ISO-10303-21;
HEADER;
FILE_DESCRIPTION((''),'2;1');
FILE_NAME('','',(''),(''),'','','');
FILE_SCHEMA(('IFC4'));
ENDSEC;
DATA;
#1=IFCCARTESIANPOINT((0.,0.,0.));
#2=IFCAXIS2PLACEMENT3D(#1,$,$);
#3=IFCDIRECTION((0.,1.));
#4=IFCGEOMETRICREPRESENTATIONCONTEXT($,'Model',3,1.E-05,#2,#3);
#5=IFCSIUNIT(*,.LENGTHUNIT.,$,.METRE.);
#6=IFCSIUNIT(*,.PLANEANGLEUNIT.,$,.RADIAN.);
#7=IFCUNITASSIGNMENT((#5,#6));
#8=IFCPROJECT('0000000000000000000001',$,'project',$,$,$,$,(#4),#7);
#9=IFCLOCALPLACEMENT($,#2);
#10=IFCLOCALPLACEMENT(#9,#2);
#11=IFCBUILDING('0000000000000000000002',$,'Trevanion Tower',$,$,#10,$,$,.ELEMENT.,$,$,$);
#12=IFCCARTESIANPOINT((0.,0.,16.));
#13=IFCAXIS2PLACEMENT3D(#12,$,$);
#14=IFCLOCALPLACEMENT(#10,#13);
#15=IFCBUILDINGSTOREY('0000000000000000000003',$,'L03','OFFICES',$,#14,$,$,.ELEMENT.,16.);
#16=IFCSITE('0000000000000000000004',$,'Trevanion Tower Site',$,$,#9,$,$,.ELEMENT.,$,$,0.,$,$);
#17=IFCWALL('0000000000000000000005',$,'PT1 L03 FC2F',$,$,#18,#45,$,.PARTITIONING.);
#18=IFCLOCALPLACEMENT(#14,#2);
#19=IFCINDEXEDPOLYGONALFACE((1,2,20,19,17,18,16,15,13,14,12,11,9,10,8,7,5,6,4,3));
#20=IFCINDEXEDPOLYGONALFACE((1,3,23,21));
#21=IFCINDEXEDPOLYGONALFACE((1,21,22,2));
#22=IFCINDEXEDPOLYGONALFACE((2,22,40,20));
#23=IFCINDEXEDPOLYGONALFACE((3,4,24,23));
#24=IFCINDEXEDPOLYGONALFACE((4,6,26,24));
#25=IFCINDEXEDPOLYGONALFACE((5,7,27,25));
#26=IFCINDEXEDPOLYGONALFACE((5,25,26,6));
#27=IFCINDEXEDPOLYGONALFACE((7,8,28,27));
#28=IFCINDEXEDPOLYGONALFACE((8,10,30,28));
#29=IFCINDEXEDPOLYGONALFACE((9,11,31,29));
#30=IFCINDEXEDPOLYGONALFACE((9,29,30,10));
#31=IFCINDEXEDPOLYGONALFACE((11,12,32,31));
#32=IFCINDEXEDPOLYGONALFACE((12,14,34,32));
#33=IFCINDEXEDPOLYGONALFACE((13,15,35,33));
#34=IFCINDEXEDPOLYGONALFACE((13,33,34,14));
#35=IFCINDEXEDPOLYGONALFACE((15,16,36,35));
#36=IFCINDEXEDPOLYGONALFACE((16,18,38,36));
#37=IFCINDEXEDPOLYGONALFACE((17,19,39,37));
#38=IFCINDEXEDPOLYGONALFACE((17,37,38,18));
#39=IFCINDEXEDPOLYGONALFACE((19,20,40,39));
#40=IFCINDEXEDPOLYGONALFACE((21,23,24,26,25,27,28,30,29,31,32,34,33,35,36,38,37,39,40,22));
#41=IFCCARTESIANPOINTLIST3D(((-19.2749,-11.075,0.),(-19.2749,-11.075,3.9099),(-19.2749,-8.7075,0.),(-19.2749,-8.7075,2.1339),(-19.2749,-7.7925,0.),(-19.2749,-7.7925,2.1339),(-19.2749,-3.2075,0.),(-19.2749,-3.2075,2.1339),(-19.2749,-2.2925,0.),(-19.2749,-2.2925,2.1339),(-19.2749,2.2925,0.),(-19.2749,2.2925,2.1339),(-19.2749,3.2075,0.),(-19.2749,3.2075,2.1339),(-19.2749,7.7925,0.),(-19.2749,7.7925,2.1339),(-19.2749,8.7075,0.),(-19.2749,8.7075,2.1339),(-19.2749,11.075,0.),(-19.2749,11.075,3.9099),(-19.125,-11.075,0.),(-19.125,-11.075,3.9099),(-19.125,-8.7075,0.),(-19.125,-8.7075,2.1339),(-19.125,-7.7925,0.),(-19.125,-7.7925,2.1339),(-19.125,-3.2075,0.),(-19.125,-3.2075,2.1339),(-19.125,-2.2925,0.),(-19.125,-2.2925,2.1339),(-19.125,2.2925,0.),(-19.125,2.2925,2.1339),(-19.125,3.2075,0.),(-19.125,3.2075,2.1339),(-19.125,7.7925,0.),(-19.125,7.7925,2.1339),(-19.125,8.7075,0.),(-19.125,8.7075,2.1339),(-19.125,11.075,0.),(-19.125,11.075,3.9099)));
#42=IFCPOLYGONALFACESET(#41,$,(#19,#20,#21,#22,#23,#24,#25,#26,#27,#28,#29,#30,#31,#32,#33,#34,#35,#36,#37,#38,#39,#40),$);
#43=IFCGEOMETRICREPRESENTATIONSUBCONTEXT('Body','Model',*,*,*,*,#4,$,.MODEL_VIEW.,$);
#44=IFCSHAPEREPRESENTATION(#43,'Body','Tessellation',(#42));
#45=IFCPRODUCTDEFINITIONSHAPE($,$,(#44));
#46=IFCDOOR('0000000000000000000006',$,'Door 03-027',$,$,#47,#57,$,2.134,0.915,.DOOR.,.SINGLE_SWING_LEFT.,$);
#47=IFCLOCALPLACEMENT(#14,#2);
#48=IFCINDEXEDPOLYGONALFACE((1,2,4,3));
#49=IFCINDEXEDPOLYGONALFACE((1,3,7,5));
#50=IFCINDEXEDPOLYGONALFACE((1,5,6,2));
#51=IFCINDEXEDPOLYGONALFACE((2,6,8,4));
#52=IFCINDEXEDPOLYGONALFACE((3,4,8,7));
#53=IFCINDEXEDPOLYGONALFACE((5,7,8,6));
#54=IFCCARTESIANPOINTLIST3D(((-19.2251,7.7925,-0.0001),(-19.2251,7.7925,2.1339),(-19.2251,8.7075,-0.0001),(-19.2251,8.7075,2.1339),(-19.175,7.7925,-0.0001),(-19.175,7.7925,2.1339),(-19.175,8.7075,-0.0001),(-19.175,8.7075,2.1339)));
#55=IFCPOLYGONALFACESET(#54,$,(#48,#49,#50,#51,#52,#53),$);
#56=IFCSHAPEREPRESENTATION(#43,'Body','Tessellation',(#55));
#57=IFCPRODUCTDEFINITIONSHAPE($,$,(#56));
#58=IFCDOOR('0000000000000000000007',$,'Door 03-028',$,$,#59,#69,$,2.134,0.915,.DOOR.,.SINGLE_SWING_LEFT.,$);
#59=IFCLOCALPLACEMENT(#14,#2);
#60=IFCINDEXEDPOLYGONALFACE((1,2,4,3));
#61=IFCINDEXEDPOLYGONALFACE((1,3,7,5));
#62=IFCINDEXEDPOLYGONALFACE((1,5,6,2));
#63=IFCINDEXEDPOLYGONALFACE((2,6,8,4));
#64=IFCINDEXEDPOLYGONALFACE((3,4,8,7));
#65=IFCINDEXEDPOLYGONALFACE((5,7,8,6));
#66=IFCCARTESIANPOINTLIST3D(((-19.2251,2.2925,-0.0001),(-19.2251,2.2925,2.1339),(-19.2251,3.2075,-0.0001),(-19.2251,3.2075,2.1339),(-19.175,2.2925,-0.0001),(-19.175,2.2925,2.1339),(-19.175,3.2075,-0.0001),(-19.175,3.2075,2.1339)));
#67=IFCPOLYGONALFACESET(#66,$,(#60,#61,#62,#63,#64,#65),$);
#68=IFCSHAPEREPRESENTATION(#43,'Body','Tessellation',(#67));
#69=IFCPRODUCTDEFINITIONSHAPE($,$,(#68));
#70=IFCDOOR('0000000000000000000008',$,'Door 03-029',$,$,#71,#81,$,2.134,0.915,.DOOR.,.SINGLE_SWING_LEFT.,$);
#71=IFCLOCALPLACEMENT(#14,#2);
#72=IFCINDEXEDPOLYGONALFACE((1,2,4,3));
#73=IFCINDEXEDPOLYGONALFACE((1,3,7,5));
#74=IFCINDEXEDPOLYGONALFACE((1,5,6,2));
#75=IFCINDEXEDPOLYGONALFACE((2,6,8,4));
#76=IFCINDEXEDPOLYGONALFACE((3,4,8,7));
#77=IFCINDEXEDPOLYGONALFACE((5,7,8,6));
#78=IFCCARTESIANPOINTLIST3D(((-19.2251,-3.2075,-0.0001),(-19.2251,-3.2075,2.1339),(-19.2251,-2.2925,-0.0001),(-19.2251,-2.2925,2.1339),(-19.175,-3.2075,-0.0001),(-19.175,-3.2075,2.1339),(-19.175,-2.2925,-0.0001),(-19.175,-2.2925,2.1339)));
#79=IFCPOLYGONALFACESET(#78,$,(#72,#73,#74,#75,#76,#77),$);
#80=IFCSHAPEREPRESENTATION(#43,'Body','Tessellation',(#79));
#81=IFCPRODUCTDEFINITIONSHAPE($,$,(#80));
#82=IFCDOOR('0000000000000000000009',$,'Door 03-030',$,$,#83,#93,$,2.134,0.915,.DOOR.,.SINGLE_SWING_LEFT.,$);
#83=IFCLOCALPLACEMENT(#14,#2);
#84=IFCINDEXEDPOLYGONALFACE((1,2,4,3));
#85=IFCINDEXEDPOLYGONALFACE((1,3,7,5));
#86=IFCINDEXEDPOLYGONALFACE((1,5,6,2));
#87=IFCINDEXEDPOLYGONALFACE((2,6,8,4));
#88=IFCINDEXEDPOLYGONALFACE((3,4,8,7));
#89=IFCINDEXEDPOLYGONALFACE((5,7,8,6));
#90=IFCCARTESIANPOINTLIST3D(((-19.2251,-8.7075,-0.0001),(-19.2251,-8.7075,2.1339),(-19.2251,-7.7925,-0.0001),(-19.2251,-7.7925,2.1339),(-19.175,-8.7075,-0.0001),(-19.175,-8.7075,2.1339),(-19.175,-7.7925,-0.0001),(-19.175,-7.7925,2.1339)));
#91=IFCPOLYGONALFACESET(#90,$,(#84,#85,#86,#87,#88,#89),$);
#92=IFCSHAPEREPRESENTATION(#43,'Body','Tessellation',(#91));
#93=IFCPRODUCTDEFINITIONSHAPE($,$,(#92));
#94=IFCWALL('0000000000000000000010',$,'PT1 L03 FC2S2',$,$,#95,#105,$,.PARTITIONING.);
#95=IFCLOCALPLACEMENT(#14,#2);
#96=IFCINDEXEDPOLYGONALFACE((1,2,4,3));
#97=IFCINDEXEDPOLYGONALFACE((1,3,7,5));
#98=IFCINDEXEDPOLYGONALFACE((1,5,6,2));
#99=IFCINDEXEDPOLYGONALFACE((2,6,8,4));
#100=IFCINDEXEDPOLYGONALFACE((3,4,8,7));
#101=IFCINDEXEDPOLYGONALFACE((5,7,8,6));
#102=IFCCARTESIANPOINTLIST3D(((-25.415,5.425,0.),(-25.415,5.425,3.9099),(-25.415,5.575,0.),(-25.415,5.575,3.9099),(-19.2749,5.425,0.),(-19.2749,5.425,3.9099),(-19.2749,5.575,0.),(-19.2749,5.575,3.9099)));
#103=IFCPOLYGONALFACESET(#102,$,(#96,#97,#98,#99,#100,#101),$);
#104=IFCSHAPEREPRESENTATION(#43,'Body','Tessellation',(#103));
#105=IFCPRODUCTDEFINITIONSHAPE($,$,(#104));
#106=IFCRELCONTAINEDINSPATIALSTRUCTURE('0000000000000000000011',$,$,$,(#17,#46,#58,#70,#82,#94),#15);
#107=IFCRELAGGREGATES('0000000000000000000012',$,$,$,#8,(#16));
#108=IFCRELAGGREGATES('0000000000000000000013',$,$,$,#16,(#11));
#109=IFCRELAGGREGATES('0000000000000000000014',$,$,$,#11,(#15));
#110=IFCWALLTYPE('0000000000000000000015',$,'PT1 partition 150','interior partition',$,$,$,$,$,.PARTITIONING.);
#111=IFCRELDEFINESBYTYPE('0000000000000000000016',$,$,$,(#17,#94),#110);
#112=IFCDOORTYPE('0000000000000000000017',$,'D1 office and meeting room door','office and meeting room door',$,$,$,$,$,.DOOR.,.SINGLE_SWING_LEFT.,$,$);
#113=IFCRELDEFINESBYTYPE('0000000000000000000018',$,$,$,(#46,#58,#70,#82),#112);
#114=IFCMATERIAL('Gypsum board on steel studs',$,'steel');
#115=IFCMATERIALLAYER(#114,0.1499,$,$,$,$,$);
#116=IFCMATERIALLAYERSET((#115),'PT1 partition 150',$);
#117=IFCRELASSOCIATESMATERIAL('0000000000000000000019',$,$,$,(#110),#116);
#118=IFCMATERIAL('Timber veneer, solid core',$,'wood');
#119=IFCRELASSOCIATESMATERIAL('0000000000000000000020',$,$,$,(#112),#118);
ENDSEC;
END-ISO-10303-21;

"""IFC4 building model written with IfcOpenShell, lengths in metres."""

from ifc_helpers import new_model, si_unit, direction, frame, frame_2d, origin, place, context, subcontext, project, spatial, rectangle, extrude, material, layer, layer_set, type_object, element, fill, save


model = new_model("IFC4")

# Units and contexts
model_context = context("Model", 3, precision=1e-05, world=origin(), true_north=direction((0.0, 1.0)))
body_context = subcontext(model_context, "Body", "Model", "MODEL_VIEW")
ifc_project = project(units=[si_unit("LENGTHUNIT", "METRE"), si_unit("PLANEANGLEUNIT", "RADIAN")], contexts=[model_context])

# Site, building, storey
site_placement = place(None, origin())
site = spatial("IfcSite", under=ifc_project, at=site_placement, Name="Trevanion Tower Site", CompositionType="ELEMENT", RefElevation=0.0)
building_placement = place(site_placement, origin())
building = spatial("IfcBuilding", under=site, at=building_placement, Name="Trevanion Tower", CompositionType="ELEMENT")
storey_placement = place(building_placement, frame((0.0, 0.0, 16.0)))
storey = spatial("IfcBuildingStorey", under=building, at=storey_placement, Name="L03", Description="OFFICES", CompositionType="ELEMENT", Elevation=16.0)

# Wall, openings, doors
ifc_material_1 = material(Name="Gypsum board on steel studs", Category="steel")
ifc_layer_1 = layer(ifc_material_1, 0.1499)
ifc_layer_set_1 = layer_set([ifc_layer_1], Name="PT1 partition 150")
wall_type = type_object("IfcWallType", Name="PT1 partition 150", Description="interior partition", PredefinedType="PARTITIONING", material=ifc_layer_set_1)
wall_1_placement = place(storey_placement, frame((-19.2, 11.075, 0.0), z_axis=(0.0, 0.0, 1.0), x_axis=(0.0, -1.0, 0.0)))
wall_1 = element("IfcWall", 1, at=wall_1_placement, inside=storey, type_object=wall_type, Name="PT1 L03 FC2F", PredefinedType="PARTITIONING", context=body_context, shape_type="SweptSolid", body=[
    extrude(rectangle(XDim=22.1499, YDim=0.1499, at=frame_2d((11.075, 0.0))), origin(), (0.0, 0.0, 1.0), 3.9099),
])
opening_1_placement = place(wall_1_placement, frame((2.3674, 0.0, 0.0)))
opening_1 = element("IfcOpeningElement", 2, at=opening_1_placement, cuts=wall_1, PredefinedType="OPENING", context=body_context, shape_type="SweptSolid", body=[
    extrude(rectangle(XDim=0.915, YDim=2.134, at=frame_2d((0.4575, 1.0669))), frame((0.0, 0.085, 0.0), z_axis=(0.0, -1.0, 0.0), x_axis=(1.0, 0.0, 0.0)), (0.0, 0.0, 1.0), 0.1699),
])
opening_2_placement = place(wall_1_placement, frame((7.8674, 0.0, 0.0)))
opening_2 = element("IfcOpeningElement", 3, at=opening_2_placement, cuts=wall_1, PredefinedType="OPENING", context=body_context, shape_type="SweptSolid", body=[
    extrude(rectangle(XDim=0.915, YDim=2.134, at=frame_2d((0.4575, 1.0669))), frame((0.0, 0.085, 0.0), z_axis=(0.0, -1.0, 0.0), x_axis=(1.0, 0.0, 0.0)), (0.0, 0.0, 1.0), 0.1699),
])
opening_3_placement = place(wall_1_placement, frame((13.3674, 0.0, 0.0)))
opening_3 = element("IfcOpeningElement", 4, at=opening_3_placement, cuts=wall_1, PredefinedType="OPENING", context=body_context, shape_type="SweptSolid", body=[
    extrude(rectangle(XDim=0.915, YDim=2.134, at=frame_2d((0.4575, 1.0669))), frame((0.0, 0.085, 0.0), z_axis=(0.0, -1.0, 0.0), x_axis=(1.0, 0.0, 0.0)), (0.0, 0.0, 1.0), 0.1699),
])
opening_4_placement = place(wall_1_placement, frame((18.8674, 0.0, 0.0)))
opening_4 = element("IfcOpeningElement", 5, at=opening_4_placement, cuts=wall_1, PredefinedType="OPENING", context=body_context, shape_type="SweptSolid", body=[
    extrude(rectangle(XDim=0.915, YDim=2.134, at=frame_2d((0.4575, 1.0669))), frame((0.0, 0.085, 0.0), z_axis=(0.0, -1.0, 0.0), x_axis=(1.0, 0.0, 0.0)), (0.0, 0.0, 1.0), 0.1699),
])
ifc_material_2 = material(Name="Timber veneer, solid core", Category="wood")
door_type = type_object("IfcDoorType", Name="D1 office and meeting room door", Description="office and meeting room door", OperationType="SINGLE_SWING_LEFT", PredefinedType="DOOR", material=ifc_material_2)
door_1_placement = place(opening_1_placement, origin())
door_1 = element("IfcDoor", 6, at=door_1_placement, inside=storey, type_object=door_type, Name="Door 03-027", OperationType="SINGLE_SWING_LEFT", OverallHeight=2.134, OverallWidth=0.915, PredefinedType="DOOR", context=body_context, shape_type="SweptSolid", body=[
    extrude(rectangle(XDim=0.915, YDim=2.134, at=frame_2d((0.4575, 1.0669))), frame((0.0, 0.0249, 0.0), z_axis=(0.0, -1.0, 0.0), x_axis=(1.0, 0.0, 0.0)), (0.0, 0.0, 1.0), 0.05),
])
fill(opening_1, door_1)
door_2_placement = place(opening_2_placement, origin())
door_2 = element("IfcDoor", 7, at=door_2_placement, inside=storey, type_object=door_type, Name="Door 03-028", OperationType="SINGLE_SWING_LEFT", OverallHeight=2.134, OverallWidth=0.915, PredefinedType="DOOR", context=body_context, shape_type="SweptSolid", body=[
    extrude(rectangle(XDim=0.915, YDim=2.134, at=frame_2d((0.4575, 1.0669))), frame((0.0, 0.0249, 0.0), z_axis=(0.0, -1.0, 0.0), x_axis=(1.0, 0.0, 0.0)), (0.0, 0.0, 1.0), 0.05),
])
fill(opening_2, door_2)
door_3_placement = place(opening_3_placement, origin())
door_3 = element("IfcDoor", 8, at=door_3_placement, inside=storey, type_object=door_type, Name="Door 03-029", OperationType="SINGLE_SWING_LEFT", OverallHeight=2.134, OverallWidth=0.915, PredefinedType="DOOR", context=body_context, shape_type="SweptSolid", body=[
    extrude(rectangle(XDim=0.915, YDim=2.134, at=frame_2d((0.4575, 1.0669))), frame((0.0, 0.0249, 0.0), z_axis=(0.0, -1.0, 0.0), x_axis=(1.0, 0.0, 0.0)), (0.0, 0.0, 1.0), 0.05),
])
fill(opening_3, door_3)
door_4_placement = place(opening_4_placement, origin())
door_4 = element("IfcDoor", 9, at=door_4_placement, inside=storey, type_object=door_type, Name="Door 03-030", OperationType="SINGLE_SWING_LEFT", OverallHeight=2.134, OverallWidth=0.915, PredefinedType="DOOR", context=body_context, shape_type="SweptSolid", body=[
    extrude(rectangle(XDim=0.915, YDim=2.134, at=frame_2d((0.4575, 1.0669))), frame((0.0, 0.0249, 0.0), z_axis=(0.0, -1.0, 0.0), x_axis=(1.0, 0.0, 0.0)), (0.0, 0.0, 1.0), 0.05),
])
fill(opening_4, door_4)

# Wall
wall_2_placement = place(storey_placement, frame((-19.2749, 5.5, 0.0), z_axis=(0.0, 0.0, 1.0), x_axis=(-1.0, 0.0, 0.0)))
element("IfcWall", 10, at=wall_2_placement, inside=storey, type_object=wall_type, Name="PT1 L03 FC2S2", PredefinedType="PARTITIONING", context=body_context, shape_type="SweptSolid", body=[
    extrude(rectangle(XDim=6.1401, YDim=0.1499, at=frame_2d((3.0701, 0.0))), origin(), (0.0, 0.0, 1.0), 3.9099),
])

save(model, "model.ifc")
